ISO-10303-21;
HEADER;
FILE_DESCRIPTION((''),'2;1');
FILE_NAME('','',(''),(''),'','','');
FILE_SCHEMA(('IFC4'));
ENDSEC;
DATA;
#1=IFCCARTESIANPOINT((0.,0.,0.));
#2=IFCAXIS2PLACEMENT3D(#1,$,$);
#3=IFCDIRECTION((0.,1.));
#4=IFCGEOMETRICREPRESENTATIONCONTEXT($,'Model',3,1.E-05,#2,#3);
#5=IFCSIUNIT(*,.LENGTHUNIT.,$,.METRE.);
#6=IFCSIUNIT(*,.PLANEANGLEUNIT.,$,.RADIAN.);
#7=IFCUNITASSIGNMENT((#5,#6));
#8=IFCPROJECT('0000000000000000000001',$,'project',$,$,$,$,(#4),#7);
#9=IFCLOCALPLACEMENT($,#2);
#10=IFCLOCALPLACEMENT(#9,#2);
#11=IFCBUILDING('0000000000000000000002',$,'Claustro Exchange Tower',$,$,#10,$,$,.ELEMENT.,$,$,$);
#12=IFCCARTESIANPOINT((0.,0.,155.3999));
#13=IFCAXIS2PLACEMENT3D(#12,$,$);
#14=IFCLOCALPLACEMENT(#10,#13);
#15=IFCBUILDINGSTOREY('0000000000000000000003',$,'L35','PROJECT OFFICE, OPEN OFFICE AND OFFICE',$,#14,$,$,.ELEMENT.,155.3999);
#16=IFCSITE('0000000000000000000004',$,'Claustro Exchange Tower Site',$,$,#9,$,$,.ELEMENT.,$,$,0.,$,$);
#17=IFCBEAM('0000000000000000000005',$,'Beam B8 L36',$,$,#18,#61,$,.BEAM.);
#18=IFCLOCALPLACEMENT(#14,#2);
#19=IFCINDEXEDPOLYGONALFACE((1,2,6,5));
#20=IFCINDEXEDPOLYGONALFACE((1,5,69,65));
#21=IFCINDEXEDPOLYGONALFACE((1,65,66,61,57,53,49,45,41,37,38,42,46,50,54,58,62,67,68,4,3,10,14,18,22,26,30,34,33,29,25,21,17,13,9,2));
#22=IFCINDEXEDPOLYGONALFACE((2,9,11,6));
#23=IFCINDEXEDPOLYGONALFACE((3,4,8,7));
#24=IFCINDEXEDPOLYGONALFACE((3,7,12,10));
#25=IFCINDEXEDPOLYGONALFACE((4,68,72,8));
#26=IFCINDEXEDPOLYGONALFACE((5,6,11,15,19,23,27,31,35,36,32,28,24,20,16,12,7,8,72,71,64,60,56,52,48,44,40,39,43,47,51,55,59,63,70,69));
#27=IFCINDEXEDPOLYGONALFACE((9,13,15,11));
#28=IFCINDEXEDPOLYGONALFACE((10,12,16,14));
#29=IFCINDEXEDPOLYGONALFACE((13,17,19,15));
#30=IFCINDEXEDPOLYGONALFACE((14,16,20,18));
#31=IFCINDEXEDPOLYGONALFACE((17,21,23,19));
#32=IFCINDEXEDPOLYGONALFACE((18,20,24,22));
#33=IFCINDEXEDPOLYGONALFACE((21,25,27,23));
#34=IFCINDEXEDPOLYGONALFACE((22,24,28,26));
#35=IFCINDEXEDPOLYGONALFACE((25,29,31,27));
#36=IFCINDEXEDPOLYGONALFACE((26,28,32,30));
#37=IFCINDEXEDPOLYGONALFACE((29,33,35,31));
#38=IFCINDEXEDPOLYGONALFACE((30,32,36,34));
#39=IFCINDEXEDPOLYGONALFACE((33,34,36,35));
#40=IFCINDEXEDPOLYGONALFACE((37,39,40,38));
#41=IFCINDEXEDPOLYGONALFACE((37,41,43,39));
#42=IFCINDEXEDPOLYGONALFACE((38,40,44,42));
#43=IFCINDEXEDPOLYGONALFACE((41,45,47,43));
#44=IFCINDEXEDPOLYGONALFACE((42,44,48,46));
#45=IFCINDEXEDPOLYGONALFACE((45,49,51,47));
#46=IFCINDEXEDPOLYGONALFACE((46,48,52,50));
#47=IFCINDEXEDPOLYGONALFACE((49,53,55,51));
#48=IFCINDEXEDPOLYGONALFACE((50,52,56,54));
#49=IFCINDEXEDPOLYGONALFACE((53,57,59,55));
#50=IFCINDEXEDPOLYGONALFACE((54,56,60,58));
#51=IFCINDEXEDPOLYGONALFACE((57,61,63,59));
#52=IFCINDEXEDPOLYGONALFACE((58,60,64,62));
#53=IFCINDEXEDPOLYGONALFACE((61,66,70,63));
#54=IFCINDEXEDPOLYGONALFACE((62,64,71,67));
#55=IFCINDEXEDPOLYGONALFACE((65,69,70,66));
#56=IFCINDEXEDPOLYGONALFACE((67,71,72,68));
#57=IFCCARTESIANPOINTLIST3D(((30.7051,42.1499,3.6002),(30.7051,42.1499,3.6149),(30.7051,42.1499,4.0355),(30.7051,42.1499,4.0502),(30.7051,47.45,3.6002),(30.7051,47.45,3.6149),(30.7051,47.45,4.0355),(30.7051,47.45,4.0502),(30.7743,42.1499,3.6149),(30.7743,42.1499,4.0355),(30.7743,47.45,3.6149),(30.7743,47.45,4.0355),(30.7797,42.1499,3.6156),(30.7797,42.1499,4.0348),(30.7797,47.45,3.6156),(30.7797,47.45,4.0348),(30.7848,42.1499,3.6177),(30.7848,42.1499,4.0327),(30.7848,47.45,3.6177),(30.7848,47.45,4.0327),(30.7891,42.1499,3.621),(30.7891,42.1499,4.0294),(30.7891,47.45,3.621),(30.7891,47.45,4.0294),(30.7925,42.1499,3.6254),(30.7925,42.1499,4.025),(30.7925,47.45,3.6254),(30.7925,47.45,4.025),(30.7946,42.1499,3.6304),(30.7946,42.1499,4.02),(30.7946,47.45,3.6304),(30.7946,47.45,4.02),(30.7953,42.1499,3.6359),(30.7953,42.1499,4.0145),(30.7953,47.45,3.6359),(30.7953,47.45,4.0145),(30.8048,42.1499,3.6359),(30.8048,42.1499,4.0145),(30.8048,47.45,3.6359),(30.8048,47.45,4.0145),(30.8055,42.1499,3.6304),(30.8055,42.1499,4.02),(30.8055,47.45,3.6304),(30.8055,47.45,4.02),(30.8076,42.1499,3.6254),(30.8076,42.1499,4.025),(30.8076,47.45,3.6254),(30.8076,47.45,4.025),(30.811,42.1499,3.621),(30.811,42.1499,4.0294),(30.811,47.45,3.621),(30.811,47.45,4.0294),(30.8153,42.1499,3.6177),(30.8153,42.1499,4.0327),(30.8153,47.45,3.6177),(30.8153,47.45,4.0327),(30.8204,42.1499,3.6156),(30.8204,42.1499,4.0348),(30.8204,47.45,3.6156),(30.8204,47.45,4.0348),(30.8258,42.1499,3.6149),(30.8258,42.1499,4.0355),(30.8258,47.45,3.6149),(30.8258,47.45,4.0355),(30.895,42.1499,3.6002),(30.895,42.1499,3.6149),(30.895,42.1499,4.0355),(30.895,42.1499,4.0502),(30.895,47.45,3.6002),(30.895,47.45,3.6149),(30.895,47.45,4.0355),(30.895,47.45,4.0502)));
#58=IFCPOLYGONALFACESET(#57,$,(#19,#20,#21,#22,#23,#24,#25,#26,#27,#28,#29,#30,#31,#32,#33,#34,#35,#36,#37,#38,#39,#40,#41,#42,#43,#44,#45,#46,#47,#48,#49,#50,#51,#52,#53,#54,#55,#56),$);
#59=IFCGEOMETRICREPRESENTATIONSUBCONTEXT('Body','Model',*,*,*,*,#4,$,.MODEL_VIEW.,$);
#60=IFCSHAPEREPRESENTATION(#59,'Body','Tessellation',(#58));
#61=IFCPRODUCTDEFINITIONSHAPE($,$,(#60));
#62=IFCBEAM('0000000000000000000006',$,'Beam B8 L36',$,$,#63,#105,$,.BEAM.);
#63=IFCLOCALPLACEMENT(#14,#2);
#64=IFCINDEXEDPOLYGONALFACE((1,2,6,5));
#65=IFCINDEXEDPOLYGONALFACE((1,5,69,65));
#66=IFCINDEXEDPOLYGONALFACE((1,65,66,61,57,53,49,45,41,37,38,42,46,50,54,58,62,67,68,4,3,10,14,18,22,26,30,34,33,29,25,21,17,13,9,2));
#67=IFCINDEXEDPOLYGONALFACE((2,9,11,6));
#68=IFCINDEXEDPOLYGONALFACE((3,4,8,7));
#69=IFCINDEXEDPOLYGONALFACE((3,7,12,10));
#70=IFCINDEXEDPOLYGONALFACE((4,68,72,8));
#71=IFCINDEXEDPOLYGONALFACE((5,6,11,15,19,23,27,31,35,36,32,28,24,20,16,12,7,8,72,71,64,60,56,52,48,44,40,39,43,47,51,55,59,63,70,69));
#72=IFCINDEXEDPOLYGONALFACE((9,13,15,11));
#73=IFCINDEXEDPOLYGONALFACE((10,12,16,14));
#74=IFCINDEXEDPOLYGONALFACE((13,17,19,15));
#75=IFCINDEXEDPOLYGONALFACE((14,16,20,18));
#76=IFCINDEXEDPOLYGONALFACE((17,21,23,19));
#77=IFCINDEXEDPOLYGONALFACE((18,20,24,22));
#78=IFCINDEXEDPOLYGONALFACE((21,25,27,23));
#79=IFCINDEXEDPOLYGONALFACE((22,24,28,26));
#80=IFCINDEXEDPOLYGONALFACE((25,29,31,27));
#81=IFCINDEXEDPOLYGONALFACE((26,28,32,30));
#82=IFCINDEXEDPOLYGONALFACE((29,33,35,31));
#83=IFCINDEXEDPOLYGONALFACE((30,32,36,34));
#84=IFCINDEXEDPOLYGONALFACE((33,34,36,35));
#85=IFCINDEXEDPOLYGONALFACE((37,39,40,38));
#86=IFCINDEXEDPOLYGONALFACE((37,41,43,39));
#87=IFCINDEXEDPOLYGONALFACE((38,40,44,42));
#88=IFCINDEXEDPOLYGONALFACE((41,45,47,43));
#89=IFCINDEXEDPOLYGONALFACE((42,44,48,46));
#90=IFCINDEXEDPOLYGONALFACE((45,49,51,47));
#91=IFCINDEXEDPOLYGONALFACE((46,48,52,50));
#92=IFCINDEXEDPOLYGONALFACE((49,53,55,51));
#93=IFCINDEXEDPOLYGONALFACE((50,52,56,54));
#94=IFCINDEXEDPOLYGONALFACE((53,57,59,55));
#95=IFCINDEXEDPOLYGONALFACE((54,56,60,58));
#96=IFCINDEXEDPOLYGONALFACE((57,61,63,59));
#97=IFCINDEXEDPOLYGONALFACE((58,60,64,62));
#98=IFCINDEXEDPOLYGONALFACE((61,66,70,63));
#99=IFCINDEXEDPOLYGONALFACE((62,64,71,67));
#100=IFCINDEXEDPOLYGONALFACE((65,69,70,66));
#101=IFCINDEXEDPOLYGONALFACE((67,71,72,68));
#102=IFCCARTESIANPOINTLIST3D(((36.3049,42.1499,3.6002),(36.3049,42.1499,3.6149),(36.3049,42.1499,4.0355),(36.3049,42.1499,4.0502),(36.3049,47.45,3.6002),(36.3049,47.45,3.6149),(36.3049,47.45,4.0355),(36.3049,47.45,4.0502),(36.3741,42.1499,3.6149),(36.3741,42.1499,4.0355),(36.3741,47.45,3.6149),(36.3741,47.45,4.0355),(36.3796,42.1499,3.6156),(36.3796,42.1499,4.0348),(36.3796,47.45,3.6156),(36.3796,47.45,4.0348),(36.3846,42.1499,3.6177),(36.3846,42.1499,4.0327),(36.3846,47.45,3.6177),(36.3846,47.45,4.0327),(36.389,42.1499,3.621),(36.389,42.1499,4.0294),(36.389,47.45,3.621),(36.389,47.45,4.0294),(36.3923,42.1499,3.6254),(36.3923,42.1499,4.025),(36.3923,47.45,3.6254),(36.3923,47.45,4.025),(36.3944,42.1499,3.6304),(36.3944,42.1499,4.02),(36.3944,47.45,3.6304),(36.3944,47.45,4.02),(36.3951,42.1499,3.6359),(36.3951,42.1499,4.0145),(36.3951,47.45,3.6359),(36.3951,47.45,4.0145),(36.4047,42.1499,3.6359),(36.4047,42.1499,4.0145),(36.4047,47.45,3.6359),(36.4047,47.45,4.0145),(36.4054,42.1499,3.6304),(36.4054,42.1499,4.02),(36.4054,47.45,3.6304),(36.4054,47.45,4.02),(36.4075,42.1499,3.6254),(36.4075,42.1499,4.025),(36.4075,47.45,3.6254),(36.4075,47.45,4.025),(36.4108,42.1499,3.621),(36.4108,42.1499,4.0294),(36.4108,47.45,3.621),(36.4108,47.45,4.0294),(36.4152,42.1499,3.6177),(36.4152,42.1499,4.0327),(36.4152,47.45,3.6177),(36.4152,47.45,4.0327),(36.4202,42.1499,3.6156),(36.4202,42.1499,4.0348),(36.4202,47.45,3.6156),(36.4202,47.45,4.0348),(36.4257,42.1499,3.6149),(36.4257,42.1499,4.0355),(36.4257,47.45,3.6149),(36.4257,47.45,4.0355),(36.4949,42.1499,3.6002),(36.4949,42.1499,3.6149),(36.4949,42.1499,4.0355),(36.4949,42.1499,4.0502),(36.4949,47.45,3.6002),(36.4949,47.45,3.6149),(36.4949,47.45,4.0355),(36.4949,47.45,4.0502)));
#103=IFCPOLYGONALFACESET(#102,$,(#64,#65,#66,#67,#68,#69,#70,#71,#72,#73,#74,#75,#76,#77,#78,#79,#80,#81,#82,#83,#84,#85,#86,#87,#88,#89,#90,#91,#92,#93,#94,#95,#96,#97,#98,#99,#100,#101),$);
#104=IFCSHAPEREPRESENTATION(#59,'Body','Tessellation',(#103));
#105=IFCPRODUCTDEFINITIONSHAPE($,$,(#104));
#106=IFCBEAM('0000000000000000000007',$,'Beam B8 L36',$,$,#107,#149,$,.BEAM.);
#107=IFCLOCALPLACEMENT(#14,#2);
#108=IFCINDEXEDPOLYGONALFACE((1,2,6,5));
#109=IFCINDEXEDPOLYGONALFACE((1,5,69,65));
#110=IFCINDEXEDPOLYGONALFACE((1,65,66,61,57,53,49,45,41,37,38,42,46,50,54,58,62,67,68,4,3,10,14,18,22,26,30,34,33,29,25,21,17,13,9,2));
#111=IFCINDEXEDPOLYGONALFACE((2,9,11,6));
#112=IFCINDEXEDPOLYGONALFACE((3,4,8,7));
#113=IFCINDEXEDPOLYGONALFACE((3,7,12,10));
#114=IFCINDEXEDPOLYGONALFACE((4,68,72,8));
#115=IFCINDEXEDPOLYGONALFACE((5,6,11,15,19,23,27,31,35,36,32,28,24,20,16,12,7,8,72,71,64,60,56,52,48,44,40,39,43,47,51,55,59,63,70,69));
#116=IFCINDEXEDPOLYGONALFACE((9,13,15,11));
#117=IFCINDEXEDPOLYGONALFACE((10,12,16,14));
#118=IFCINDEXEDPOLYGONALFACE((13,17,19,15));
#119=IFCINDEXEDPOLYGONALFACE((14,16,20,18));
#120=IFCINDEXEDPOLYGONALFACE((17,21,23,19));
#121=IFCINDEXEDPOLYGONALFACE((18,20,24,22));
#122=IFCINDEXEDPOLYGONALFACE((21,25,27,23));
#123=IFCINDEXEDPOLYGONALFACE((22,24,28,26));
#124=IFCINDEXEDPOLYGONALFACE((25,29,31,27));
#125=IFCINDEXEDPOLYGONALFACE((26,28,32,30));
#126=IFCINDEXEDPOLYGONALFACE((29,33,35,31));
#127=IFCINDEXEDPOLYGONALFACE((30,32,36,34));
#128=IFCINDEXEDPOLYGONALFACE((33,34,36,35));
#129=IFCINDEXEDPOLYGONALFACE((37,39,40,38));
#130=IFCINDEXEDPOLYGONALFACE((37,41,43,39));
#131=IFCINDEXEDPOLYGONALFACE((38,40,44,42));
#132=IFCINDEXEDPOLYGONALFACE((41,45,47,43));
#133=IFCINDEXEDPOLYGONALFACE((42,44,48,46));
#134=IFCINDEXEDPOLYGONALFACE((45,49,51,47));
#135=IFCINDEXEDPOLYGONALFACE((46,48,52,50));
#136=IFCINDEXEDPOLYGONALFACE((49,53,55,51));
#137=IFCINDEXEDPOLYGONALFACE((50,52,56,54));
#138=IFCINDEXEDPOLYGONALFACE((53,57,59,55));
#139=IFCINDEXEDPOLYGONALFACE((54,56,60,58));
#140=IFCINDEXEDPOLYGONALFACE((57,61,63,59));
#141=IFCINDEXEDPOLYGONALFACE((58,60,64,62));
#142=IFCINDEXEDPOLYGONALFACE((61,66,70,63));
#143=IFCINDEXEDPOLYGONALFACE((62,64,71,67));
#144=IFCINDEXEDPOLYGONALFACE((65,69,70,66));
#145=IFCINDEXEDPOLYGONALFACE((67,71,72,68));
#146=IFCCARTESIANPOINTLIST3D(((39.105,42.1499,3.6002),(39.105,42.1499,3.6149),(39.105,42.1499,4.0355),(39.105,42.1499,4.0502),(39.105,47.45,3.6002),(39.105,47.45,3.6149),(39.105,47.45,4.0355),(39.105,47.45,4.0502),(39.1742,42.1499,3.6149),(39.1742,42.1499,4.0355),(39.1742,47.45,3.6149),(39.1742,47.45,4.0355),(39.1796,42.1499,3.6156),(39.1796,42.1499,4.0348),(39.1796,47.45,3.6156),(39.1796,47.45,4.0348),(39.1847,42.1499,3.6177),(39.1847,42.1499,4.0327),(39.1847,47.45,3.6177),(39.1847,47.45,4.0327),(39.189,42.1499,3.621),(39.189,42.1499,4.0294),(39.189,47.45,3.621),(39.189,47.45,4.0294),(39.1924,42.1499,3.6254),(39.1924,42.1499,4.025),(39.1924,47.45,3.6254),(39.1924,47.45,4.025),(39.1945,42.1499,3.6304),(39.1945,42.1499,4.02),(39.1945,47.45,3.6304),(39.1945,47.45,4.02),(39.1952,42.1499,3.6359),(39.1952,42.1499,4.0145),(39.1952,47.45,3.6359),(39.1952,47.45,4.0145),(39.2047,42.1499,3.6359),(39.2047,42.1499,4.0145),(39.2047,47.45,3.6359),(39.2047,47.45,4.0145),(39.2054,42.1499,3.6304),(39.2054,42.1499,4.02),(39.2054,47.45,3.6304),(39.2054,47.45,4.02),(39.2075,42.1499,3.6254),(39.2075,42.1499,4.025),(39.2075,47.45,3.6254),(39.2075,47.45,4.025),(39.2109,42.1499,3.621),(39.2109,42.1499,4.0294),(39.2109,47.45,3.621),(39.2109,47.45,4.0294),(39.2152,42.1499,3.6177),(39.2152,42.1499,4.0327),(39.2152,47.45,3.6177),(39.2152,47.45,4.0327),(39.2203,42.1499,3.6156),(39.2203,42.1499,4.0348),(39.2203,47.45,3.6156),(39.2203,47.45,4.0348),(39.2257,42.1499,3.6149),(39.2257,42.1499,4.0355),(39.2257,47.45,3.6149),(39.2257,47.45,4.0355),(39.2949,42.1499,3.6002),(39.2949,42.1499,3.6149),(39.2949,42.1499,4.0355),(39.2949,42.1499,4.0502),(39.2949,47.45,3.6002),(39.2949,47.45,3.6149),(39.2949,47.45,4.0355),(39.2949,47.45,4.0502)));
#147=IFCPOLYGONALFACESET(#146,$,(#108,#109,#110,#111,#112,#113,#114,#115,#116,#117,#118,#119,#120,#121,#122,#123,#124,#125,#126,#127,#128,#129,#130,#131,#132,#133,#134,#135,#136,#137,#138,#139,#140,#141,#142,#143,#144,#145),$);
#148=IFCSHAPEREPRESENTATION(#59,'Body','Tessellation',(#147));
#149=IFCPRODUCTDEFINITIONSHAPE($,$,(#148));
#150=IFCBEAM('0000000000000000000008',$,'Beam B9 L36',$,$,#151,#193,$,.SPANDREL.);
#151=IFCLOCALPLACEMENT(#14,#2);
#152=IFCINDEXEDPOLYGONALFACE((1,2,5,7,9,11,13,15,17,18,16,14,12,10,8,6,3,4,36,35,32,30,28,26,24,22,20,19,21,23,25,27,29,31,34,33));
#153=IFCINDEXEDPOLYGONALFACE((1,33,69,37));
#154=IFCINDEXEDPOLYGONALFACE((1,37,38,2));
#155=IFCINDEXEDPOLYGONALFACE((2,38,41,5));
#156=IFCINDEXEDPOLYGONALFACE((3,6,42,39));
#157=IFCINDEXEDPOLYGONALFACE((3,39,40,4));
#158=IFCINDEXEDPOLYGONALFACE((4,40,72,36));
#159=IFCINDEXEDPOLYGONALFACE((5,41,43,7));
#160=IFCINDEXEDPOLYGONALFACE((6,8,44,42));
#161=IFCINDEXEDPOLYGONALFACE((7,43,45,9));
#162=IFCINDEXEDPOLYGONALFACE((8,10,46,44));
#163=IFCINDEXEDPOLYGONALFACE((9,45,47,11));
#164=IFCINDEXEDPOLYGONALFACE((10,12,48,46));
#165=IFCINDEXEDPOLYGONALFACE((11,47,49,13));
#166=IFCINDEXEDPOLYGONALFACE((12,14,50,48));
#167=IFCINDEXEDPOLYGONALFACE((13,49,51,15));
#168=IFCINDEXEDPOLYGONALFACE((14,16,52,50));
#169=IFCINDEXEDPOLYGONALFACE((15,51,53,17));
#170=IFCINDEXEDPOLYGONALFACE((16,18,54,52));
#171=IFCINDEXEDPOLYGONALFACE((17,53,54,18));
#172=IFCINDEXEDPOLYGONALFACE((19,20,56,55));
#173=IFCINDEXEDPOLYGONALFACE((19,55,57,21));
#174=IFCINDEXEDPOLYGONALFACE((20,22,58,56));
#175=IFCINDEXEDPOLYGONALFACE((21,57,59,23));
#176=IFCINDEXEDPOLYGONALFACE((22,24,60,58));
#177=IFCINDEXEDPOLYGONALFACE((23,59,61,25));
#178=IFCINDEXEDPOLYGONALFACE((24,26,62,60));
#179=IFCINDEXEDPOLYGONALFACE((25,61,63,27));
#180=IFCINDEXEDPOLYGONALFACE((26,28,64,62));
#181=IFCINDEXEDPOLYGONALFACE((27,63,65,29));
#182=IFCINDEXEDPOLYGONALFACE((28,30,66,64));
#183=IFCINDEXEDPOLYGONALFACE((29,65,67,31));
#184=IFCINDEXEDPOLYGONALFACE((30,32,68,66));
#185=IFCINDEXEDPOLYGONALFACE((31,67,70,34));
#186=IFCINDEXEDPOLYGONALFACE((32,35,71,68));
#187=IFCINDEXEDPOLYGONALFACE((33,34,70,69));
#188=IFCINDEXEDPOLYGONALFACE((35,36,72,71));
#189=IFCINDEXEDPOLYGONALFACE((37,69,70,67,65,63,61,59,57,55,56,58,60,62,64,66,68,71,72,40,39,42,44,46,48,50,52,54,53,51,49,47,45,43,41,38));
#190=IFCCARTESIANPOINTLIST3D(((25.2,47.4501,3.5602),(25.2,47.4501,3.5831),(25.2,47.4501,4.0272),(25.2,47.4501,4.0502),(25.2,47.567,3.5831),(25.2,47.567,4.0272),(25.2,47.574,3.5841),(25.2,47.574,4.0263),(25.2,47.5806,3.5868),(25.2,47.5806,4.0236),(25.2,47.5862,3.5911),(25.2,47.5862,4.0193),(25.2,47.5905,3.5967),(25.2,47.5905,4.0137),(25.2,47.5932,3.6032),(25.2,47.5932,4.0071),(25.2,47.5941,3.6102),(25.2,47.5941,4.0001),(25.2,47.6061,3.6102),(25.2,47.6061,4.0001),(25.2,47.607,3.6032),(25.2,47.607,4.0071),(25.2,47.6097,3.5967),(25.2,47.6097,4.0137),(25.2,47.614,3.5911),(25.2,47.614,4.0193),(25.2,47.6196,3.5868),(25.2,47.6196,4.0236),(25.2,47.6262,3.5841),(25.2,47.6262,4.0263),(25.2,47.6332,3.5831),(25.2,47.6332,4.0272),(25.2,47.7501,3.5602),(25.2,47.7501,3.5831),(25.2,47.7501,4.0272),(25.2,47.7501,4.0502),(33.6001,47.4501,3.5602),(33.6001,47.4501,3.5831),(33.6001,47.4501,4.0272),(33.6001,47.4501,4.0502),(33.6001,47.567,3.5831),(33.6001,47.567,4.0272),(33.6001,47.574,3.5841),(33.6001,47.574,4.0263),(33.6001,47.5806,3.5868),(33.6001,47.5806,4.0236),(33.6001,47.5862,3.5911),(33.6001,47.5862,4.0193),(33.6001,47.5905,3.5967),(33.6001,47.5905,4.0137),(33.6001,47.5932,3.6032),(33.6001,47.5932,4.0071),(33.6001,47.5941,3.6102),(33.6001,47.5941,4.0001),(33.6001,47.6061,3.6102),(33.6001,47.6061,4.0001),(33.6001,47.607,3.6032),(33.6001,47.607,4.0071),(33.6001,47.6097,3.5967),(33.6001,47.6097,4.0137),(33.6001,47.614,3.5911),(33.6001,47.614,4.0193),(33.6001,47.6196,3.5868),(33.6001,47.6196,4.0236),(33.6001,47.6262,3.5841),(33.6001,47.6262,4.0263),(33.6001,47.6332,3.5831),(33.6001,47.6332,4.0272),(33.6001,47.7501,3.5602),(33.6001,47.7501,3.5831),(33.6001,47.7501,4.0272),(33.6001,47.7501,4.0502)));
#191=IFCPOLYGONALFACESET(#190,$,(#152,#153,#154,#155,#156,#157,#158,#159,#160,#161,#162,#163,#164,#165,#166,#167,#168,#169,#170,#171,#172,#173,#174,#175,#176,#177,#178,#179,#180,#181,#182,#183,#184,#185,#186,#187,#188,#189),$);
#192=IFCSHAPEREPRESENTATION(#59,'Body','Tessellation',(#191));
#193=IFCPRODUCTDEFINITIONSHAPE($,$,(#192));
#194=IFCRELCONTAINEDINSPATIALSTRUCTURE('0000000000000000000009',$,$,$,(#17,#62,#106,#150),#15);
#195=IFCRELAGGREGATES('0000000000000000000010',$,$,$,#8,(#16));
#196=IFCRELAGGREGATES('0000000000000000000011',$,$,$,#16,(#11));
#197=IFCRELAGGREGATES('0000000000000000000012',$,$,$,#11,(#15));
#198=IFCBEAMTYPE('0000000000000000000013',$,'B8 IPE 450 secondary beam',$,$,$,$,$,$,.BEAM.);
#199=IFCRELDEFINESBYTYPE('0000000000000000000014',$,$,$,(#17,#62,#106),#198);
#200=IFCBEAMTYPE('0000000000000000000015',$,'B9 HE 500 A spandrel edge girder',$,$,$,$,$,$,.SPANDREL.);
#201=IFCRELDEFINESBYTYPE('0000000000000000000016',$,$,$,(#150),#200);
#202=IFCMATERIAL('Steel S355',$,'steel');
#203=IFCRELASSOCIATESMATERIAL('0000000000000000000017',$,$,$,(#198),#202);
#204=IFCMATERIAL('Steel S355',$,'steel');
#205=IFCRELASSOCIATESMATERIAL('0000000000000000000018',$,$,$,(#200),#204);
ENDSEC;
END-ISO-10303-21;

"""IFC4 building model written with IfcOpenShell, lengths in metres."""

from ifc_helpers import new_model, si_unit, direction, frame, origin, origin_2d, place, context, subcontext, project, spatial, i_section, extrude, material, material_profile, profile_set, type_object, element, save


model = new_model("IFC4")

# Units and contexts
model_context = context("Model", 3, precision=1e-05, world=origin(), true_north=direction((0.0, 1.0)))
body_context = subcontext(model_context, "Body", "Model", "MODEL_VIEW")
ifc_project = project(units=[si_unit("LENGTHUNIT", "METRE"), si_unit("PLANEANGLEUNIT", "RADIAN")], contexts=[model_context])

# Site, building, storey
site_placement = place(None, origin())
site = spatial("IfcSite", under=ifc_project, at=site_placement, Name="Claustro Exchange Tower Site", CompositionType="ELEMENT", RefElevation=0.0)
building_placement = place(site_placement, origin())
building = spatial("IfcBuilding", under=site, at=building_placement, Name="Claustro Exchange Tower", CompositionType="ELEMENT")
storey_placement = place(building_placement, frame((0.0, 0.0, 155.3999)))
storey = spatial("IfcBuildingStorey", under=building, at=storey_placement, Name="L35", Description="PROJECT OFFICE, OPEN OFFICE AND OFFICE", CompositionType="ELEMENT", Elevation=155.3999)

# Beams
ifc_material_1 = material(Name="Steel S355", Category="steel")
ifc_material_profile_1 = material_profile(ifc_material_1, i_section(OverallWidth=0.1899, OverallDepth=0.45, WebThickness=0.0095, FlangeThickness=0.0146, FilletRadius=0.021, at=origin_2d()), Name="IPE 450")
ifc_profile_set_1 = profile_set([ifc_material_profile_1], Name="Steel S355")
beam_type_1 = type_object("IfcBeamType", Name="B8 IPE 450 secondary beam", PredefinedType="BEAM", material=ifc_profile_set_1)
for number, where, z_axis, x_axis, name in (
    (1, (30.8, 42.1499, 3.8252), (0.0, 1.0, 0.0), (-1.0, 0.0, 0.0), "Beam B8 L36"),
    (2, (36.3999, 42.1499, 3.8252), (0.0, 1.0, 0.0), (-1.0, 0.0, 0.0), "Beam B8 L36"),
    (3, (39.2, 42.1499, 3.8252), (0.0, 1.0, 0.0), (-1.0, 0.0, 0.0), "Beam B8 L36"),
):
    element("IfcBeam", number, at=place(storey_placement, frame(where, z_axis=z_axis, x_axis=x_axis)), inside=storey, type_object=beam_type_1, Name=name, PredefinedType="BEAM", context=body_context, shape_type="SweptSolid", body=[
        extrude(i_section(OverallWidth=0.1899, OverallDepth=0.45, WebThickness=0.0095, FlangeThickness=0.0146, FilletRadius=0.021, at=origin_2d()), origin(), (0.0, 0.0, 1.0), 5.3),
    ])
ifc_material_2 = material(Name="Steel S355", Category="steel")
ifc_material_profile_2 = material_profile(ifc_material_2, i_section(OverallWidth=0.3, OverallDepth=0.49, WebThickness=0.012, FlangeThickness=0.0229, FilletRadius=0.0271, at=origin_2d()), Name="HE 500 A")
ifc_profile_set_2 = profile_set([ifc_material_profile_2], Name="Steel S355")
beam_type_2 = type_object("IfcBeamType", Name="B9 HE 500 A spandrel edge girder", PredefinedType="SPANDREL", material=ifc_profile_set_2)
beam_1_placement = place(storey_placement, frame((25.2, 47.6001, 3.8052), z_axis=(1.0, 0.0, 0.0), x_axis=(0.0, 1.0, 0.0)))
element("IfcBeam", 4, at=beam_1_placement, inside=storey, type_object=beam_type_2, Name="Beam B9 L36", PredefinedType="SPANDREL", context=body_context, shape_type="SweptSolid", body=[
    extrude(i_section(OverallWidth=0.3, OverallDepth=0.49, WebThickness=0.012, FlangeThickness=0.0229, FilletRadius=0.0271, at=origin_2d()), origin(), (0.0, 0.0, 1.0), 8.4001),
])

save(model, "model.ifc")
